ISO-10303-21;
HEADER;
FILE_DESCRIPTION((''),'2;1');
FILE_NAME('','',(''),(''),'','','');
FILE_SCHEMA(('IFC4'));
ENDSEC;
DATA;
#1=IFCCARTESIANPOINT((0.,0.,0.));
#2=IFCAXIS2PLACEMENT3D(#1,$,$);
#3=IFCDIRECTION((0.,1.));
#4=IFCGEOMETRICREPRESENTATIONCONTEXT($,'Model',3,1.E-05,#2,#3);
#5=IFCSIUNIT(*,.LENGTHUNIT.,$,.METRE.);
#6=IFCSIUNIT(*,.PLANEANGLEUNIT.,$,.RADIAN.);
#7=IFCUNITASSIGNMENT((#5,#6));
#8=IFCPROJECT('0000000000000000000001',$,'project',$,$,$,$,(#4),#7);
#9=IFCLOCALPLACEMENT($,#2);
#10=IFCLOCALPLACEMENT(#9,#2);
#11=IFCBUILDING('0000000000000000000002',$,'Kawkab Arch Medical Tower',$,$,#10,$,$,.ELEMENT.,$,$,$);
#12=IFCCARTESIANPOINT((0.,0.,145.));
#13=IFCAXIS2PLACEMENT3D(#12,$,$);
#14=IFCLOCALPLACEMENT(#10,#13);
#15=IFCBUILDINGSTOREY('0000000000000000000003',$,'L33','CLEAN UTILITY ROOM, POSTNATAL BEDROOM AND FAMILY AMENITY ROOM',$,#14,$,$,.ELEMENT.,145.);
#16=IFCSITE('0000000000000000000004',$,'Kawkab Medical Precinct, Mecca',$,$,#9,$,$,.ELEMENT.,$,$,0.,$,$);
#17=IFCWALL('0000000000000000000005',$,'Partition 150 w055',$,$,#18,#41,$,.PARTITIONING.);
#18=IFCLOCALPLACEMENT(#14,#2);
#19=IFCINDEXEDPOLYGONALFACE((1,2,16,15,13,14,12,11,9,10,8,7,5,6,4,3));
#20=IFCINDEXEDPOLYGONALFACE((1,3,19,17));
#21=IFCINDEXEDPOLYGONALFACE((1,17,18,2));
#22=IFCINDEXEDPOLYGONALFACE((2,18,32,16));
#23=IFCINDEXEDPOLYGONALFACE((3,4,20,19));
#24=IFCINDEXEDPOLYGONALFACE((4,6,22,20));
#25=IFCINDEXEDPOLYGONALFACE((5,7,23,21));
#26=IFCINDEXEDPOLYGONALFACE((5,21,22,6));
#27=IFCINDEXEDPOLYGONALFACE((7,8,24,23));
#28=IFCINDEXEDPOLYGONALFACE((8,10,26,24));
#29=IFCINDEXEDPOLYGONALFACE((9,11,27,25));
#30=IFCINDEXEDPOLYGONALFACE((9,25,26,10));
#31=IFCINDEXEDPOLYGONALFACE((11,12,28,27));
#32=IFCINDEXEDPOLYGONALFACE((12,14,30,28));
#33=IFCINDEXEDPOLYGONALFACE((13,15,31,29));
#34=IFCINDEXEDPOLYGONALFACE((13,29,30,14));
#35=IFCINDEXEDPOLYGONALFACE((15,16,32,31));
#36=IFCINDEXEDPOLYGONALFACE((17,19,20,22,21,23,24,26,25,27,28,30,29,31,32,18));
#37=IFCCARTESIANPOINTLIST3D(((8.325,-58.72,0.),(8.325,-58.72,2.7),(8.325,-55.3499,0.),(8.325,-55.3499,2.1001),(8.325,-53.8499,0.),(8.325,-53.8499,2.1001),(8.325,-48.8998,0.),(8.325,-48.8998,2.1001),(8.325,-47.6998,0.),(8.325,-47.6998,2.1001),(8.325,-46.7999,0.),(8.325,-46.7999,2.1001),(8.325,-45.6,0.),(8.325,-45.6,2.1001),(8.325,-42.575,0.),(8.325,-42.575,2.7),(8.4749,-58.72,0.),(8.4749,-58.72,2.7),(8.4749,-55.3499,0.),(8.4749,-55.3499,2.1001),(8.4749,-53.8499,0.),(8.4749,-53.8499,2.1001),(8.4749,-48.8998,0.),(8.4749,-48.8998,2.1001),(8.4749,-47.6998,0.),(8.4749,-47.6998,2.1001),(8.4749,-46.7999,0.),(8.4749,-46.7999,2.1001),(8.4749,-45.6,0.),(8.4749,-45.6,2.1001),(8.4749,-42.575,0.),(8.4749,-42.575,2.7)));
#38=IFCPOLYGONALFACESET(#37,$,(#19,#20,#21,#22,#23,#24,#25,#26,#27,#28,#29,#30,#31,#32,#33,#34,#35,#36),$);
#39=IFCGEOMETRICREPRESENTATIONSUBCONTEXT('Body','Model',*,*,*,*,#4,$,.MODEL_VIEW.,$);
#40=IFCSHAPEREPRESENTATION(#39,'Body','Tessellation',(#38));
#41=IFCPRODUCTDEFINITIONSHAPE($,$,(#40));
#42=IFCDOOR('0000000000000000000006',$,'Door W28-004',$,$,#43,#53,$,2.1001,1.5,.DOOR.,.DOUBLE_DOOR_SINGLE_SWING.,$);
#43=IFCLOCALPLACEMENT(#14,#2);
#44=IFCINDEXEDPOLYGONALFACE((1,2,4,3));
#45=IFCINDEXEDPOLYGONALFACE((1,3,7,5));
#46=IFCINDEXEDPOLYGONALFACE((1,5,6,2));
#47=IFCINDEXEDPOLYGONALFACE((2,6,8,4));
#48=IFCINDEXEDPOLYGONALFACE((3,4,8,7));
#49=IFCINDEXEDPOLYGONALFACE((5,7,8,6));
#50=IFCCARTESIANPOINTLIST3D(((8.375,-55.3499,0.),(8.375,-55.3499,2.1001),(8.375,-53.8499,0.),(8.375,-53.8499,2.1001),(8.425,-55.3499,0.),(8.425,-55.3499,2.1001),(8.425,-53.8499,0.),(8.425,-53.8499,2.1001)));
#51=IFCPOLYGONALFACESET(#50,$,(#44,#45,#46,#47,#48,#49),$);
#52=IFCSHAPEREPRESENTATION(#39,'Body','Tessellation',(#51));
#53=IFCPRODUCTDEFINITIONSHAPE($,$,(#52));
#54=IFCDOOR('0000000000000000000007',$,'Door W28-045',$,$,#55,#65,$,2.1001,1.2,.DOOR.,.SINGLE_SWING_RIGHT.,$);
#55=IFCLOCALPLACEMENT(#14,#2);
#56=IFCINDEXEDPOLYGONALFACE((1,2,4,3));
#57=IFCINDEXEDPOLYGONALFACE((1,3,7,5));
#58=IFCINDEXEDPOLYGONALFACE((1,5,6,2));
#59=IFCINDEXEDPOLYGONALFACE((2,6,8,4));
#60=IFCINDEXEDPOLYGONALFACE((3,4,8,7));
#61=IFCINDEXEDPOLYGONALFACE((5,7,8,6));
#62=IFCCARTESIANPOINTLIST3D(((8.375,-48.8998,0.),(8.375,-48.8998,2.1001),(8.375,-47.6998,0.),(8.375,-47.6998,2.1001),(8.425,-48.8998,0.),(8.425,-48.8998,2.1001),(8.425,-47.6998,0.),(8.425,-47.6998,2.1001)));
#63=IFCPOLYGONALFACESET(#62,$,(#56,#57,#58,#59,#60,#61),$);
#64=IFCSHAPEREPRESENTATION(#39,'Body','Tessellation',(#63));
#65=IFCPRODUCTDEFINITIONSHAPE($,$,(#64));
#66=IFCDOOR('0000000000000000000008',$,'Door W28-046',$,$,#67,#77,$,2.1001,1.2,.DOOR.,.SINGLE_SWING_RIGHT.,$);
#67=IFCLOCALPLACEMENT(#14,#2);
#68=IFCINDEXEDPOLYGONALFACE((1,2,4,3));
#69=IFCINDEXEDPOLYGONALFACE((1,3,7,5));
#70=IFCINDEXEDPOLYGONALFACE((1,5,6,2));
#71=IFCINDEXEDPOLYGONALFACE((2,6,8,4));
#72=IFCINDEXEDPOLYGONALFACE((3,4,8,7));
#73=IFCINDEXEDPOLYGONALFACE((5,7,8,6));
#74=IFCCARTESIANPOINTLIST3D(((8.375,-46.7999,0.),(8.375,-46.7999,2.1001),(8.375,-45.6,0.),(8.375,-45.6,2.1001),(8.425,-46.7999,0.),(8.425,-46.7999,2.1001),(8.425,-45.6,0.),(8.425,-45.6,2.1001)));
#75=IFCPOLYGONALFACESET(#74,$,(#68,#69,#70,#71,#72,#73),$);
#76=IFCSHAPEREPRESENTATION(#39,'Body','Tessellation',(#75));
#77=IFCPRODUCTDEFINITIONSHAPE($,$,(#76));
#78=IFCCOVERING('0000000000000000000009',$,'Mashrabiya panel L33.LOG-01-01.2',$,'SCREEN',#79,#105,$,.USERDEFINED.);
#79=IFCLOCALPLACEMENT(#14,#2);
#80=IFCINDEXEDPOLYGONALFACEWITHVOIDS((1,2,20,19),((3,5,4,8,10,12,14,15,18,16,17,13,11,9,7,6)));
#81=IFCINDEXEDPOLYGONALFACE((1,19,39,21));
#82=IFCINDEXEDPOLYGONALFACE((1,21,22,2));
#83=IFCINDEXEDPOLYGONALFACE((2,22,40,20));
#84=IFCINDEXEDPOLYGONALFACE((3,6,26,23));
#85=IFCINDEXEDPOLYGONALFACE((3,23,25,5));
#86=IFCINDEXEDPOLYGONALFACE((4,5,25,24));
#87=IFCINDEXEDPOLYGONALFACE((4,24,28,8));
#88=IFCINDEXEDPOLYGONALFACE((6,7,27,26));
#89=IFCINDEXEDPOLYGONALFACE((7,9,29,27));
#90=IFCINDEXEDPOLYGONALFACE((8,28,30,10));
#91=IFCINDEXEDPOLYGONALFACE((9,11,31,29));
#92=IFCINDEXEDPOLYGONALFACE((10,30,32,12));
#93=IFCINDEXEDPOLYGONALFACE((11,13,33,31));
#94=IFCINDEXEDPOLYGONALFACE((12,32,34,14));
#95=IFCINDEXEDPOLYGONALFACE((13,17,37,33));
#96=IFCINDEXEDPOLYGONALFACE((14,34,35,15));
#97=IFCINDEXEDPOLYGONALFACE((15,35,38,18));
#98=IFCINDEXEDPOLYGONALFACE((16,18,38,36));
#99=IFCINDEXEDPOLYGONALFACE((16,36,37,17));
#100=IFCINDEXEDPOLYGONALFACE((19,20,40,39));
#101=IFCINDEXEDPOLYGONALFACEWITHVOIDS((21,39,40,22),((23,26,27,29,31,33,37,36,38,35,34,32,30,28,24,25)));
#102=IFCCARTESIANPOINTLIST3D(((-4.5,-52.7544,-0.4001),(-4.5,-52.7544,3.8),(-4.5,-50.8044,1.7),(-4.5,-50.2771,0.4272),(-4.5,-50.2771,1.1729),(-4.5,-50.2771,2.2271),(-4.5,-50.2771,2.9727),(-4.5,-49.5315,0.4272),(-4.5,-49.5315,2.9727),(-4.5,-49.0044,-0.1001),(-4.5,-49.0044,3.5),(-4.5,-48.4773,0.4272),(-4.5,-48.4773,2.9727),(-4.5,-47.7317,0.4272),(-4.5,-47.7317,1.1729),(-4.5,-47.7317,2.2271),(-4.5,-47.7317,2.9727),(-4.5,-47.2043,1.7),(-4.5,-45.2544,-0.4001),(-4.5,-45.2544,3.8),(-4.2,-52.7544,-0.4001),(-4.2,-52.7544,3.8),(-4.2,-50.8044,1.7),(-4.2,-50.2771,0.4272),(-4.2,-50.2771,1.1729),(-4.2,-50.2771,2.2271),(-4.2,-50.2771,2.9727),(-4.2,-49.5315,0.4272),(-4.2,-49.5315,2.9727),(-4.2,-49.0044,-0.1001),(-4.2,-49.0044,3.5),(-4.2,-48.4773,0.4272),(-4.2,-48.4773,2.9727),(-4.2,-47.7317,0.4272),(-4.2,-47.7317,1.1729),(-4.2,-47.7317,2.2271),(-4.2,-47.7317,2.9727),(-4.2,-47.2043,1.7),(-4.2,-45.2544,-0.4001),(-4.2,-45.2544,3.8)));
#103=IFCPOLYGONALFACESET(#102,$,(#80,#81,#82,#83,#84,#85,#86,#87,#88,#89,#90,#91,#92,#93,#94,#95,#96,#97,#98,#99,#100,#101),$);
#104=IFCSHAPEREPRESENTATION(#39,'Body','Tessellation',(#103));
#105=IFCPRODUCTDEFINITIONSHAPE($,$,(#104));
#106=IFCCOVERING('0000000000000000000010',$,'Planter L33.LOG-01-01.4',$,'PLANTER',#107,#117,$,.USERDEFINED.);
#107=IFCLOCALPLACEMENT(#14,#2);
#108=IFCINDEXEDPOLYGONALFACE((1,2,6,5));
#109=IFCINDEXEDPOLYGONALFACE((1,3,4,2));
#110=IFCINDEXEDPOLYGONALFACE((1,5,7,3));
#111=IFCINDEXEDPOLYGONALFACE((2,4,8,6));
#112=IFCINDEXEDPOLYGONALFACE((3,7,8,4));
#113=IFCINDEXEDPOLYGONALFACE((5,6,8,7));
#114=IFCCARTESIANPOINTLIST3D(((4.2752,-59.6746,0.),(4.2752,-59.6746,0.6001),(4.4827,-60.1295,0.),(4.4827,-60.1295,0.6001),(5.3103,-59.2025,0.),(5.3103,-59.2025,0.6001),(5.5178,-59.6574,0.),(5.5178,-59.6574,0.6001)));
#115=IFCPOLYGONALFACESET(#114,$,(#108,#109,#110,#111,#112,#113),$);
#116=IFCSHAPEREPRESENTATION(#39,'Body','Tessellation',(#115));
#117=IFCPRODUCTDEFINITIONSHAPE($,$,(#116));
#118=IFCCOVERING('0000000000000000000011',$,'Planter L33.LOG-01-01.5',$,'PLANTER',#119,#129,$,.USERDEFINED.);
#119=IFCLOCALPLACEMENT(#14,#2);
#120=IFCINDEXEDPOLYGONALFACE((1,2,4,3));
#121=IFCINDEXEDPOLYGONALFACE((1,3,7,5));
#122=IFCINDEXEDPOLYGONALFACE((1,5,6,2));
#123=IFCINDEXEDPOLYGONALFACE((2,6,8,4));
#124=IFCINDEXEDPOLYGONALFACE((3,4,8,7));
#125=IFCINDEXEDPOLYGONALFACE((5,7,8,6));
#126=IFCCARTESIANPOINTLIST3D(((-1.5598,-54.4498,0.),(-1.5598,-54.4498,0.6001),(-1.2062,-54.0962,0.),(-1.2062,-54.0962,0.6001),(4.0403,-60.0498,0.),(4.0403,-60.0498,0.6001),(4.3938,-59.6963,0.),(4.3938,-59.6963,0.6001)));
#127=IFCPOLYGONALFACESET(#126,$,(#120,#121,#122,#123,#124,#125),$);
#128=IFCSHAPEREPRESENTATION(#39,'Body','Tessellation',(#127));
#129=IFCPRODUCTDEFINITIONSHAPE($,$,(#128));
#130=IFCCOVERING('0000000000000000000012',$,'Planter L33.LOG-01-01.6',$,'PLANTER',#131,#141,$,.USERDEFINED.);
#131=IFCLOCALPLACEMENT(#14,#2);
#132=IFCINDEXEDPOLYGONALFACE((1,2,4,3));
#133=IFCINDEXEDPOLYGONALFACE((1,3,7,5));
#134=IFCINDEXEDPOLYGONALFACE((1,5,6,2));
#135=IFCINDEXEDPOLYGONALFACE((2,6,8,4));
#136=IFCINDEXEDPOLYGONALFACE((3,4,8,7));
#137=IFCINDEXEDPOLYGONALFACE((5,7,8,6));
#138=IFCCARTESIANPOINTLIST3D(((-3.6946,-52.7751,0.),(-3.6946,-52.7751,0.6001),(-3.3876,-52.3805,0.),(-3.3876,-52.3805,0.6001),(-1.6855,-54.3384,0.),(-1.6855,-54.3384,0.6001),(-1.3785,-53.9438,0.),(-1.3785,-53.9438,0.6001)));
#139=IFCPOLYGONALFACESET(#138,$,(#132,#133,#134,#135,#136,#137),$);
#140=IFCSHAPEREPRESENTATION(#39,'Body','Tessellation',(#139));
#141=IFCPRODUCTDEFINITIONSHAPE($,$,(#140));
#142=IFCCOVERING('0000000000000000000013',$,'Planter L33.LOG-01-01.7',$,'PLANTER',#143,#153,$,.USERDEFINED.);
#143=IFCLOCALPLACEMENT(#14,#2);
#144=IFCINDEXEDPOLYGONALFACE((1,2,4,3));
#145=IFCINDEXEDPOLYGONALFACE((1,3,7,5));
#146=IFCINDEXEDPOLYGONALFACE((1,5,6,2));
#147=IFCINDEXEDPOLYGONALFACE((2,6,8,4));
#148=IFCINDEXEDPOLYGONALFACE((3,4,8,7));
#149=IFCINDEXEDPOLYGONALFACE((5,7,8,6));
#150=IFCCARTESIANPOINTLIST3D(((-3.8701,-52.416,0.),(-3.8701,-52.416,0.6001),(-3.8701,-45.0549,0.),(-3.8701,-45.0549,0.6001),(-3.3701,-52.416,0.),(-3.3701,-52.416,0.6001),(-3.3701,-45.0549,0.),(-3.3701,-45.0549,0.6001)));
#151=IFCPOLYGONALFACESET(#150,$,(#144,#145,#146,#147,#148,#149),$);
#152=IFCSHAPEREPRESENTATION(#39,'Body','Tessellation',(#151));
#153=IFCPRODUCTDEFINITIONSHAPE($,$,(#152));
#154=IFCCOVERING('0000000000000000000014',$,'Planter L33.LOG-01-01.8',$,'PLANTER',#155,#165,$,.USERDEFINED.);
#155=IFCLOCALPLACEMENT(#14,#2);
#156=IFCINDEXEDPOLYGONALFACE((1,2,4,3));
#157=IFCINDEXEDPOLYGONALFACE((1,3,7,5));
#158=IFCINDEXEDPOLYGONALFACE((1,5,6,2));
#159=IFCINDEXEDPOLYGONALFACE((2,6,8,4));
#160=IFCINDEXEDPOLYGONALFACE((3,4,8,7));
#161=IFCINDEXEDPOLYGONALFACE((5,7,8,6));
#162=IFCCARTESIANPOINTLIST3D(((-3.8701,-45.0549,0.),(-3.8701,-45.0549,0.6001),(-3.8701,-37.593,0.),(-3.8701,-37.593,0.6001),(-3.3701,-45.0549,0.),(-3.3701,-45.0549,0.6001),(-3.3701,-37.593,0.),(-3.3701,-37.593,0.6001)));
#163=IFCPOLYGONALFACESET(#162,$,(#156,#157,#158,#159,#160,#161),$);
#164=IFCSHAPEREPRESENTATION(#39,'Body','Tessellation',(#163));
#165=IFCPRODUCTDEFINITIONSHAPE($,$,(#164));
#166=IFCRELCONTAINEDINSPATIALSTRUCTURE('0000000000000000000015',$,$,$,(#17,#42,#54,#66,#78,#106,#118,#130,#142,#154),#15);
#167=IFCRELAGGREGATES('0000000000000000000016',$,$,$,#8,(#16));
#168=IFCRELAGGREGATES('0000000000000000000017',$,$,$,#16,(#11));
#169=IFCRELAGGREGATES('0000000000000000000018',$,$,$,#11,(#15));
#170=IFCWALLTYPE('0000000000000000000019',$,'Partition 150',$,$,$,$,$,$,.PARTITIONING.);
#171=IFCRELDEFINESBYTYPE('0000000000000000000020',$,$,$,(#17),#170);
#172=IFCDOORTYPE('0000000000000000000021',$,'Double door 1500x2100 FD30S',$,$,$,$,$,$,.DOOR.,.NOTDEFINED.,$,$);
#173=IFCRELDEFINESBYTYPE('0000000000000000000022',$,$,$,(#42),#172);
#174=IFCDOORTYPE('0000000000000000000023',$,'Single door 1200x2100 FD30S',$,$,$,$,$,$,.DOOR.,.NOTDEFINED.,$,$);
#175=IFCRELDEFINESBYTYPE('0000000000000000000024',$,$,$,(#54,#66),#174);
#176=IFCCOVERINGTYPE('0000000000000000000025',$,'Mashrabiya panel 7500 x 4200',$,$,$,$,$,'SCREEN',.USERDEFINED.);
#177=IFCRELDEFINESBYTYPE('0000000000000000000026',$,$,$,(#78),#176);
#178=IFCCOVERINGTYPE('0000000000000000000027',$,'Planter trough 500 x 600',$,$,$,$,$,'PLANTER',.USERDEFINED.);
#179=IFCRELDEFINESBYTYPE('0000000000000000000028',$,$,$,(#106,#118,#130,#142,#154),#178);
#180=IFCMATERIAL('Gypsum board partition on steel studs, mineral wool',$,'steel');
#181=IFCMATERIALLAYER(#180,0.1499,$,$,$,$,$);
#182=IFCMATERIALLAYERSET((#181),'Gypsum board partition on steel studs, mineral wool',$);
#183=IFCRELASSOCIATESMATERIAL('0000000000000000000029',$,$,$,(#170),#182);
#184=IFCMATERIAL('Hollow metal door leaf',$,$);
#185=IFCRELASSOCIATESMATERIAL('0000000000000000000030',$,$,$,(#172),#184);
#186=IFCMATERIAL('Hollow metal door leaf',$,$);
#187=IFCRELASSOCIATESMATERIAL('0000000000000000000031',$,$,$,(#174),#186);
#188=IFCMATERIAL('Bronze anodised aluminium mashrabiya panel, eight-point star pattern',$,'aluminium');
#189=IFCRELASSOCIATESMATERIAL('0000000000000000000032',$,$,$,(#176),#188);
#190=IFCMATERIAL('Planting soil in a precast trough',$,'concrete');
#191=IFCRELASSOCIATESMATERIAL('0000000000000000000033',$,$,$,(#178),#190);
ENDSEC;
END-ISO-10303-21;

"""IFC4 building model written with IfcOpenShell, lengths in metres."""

from ifc_helpers import new_model, si_unit, direction, frame, frame_2d, origin, origin_2d, place, context, subcontext, project, spatial, polyline, rectangle, outline, extrude, material, layer, layer_set, material_profile, profile_set, type_object, element, fill, save


model = new_model("IFC4")

# Units and contexts
model_context = context("Model", 3, precision=1e-05, world=origin(), true_north=direction((0.0, 1.0)))
body_context = subcontext(model_context, "Body", "Model", "MODEL_VIEW")
ifc_project = project(units=[si_unit("LENGTHUNIT", "METRE"), si_unit("PLANEANGLEUNIT", "RADIAN")], contexts=[model_context])

# Site, building, storey
site_placement = place(None, origin())
site = spatial("IfcSite", under=ifc_project, at=site_placement, Name="Kawkab Medical Precinct, Mecca", CompositionType="ELEMENT", RefElevation=0.0)
building_placement = place(site_placement, origin())
building = spatial("IfcBuilding", under=site, at=building_placement, Name="Kawkab Arch Medical Tower", CompositionType="ELEMENT")
storey_placement = place(building_placement, frame((0.0, 0.0, 145.0)))
storey = spatial("IfcBuildingStorey", under=building, at=storey_placement, Name="L33", Description="CLEAN UTILITY ROOM, POSTNATAL BEDROOM AND FAMILY AMENITY ROOM", CompositionType="ELEMENT", Elevation=145.0)

# Shared definitions
ifc_material_1 = material(Name="Gypsum board partition on steel studs, mineral wool", Category="steel")
ifc_layer_1 = layer(ifc_material_1, 0.1499)
ifc_layer_set_1 = layer_set([ifc_layer_1], Name="Gypsum board partition on steel studs, mineral wool")
wall_type_1 = type_object("IfcWallType", Name="Partition 150", PredefinedType="PARTITIONING", material=ifc_layer_set_1)

# Wall, openings, doors
wall_1_placement = place(storey_placement, frame((8.3999, -58.72, 0.0), z_axis=(0.0, 0.0, 1.0), x_axis=(0.0, 1.0, 0.0)))
wall_1 = element("IfcWall", 1, at=wall_1_placement, inside=storey, type_object=wall_type_1, Name="Partition 150 w055", PredefinedType="PARTITIONING", context=body_context, shape_type="SweptSolid", body=[
    extrude(rectangle(XDim=16.145, YDim=0.1499, at=frame_2d((8.0725, 0.0))), origin(), (0.0, 0.0, 1.0), 2.7),
])
opening_1_placement = place(wall_1_placement, frame((9.8201, 0.0, 0.0)))
opening_1 = element("IfcOpeningElement", 2, at=opening_1_placement, cuts=wall_1, PredefinedType="OPENING", context=body_context, shape_type="SweptSolid", body=[
    extrude(rectangle(XDim=1.2, YDim=2.1001, at=frame_2d((0.6001, 1.05))), frame((0.0, 0.085, 0.0), z_axis=(0.0, -1.0, 0.0), x_axis=(1.0, 0.0, 0.0)), (0.0, 0.0, 1.0), 0.1699),
])
opening_2_placement = place(wall_1_placement, frame((11.9199, 0.0, 0.0)))
opening_2 = element("IfcOpeningElement", 3, at=opening_2_placement, cuts=wall_1, PredefinedType="OPENING", context=body_context, shape_type="SweptSolid", body=[
    extrude(rectangle(XDim=1.2, YDim=2.1001, at=frame_2d((0.6001, 1.05))), frame((0.0, 0.085, 0.0), z_axis=(0.0, -1.0, 0.0), x_axis=(1.0, 0.0, 0.0)), (0.0, 0.0, 1.0), 0.1699),
])
opening_3_placement = place(wall_1_placement, frame((3.3701, 0.0, 0.0)))
opening_3 = element("IfcOpeningElement", 4, at=opening_3_placement, cuts=wall_1, PredefinedType="OPENING", context=body_context, shape_type="SweptSolid", body=[
    extrude(rectangle(XDim=1.5, YDim=2.1001, at=frame_2d((0.75, 1.05))), frame((0.0, 0.085, 0.0), z_axis=(0.0, -1.0, 0.0), x_axis=(1.0, 0.0, 0.0)), (0.0, 0.0, 1.0), 0.1699),
])
ifc_material_2 = material(Name="Hollow metal door leaf")
door_type_1 = type_object("IfcDoorType", Name="Double door 1500x2100 FD30S", OperationType="NOTDEFINED", PredefinedType="DOOR", material=ifc_material_2)
door_1_placement = place(opening_3_placement, origin())
door_1 = element("IfcDoor", 5, at=door_1_placement, inside=storey, type_object=door_type_1, Name="Door W28-004", OperationType="DOUBLE_DOOR_SINGLE_SWING", OverallHeight=2.1001, OverallWidth=1.5, PredefinedType="DOOR", context=body_context, shape_type="SweptSolid", body=[
    extrude(rectangle(XDim=1.5, YDim=2.1001, at=frame_2d((0.75, 1.05))), frame((0.0, 0.0249, 0.0), z_axis=(0.0, -1.0, 0.0), x_axis=(1.0, 0.0, 0.0)), (0.0, 0.0, 1.0), 0.05),
])
fill(opening_3, door_1)
ifc_material_3 = material(Name="Hollow metal door leaf")
door_type_2 = type_object("IfcDoorType", Name="Single door 1200x2100 FD30S", OperationType="NOTDEFINED", PredefinedType="DOOR", material=ifc_material_3)
door_2_placement = place(opening_1_placement, origin())
door_2 = element("IfcDoor", 6, at=door_2_placement, inside=storey, type_object=door_type_2, Name="Door W28-045", OperationType="SINGLE_SWING_RIGHT", OverallHeight=2.1001, OverallWidth=1.2, PredefinedType="DOOR", context=body_context, shape_type="SweptSolid", body=[
    extrude(rectangle(XDim=1.2, YDim=2.1001, at=frame_2d((0.6001, 1.05))), frame((0.0, 0.0249, 0.0), z_axis=(0.0, -1.0, 0.0), x_axis=(1.0, 0.0, 0.0)), (0.0, 0.0, 1.0), 0.05),
])
fill(opening_1, door_2)
door_3_placement = place(opening_2_placement, origin())
door_3 = element("IfcDoor", 7, at=door_3_placement, inside=storey, type_object=door_type_2, Name="Door W28-046", OperationType="SINGLE_SWING_RIGHT", OverallHeight=2.1001, OverallWidth=1.2, PredefinedType="DOOR", context=body_context, shape_type="SweptSolid", body=[
    extrude(rectangle(XDim=1.2, YDim=2.1001, at=frame_2d((0.6001, 1.05))), frame((0.0, 0.0249, 0.0), z_axis=(0.0, -1.0, 0.0), x_axis=(1.0, 0.0, 0.0)), (0.0, 0.0, 1.0), 0.05),
])
fill(opening_2, door_3)

# Coverings
ifc_material_4 = material(Name="Bronze anodised aluminium mashrabiya panel, eight-point star pattern", Category="aluminium")
ifc_material_profile_1 = material_profile(ifc_material_4, outline(polyline([(-3.75, -2.1001), (3.75, -2.1001), (3.75, 2.1001), (-3.75, 2.1001), (-3.75, -2.1001)]), holes=[polyline([(1.8, 0.0), (1.2727, 0.5271), (1.2727, 1.2727), (0.5271, 1.2727), (0.0, 1.8), (-0.5271, 1.2727), (-1.2727, 1.2727), (-1.2727, 0.5271), (-1.8, 0.0), (-1.2727, -0.5271), (-1.2727, -1.2727), (-0.5271, -1.2727), (0.0, -1.8), (0.5271, -1.2727), (1.2727, -1.2727), (1.2727, -0.5271), (1.8, 0.0)])]), Name="Mashrabiya panel 7500x4200")
ifc_profile_set_1 = profile_set([ifc_material_profile_1], Name="Bronze anodised aluminium mashrabiya panel, eight-point star pattern")
covering_type_1 = type_object("IfcCoveringType", Name="Mashrabiya panel 7500 x 4200", ElementType="SCREEN", PredefinedType="USERDEFINED", material=ifc_profile_set_1)
covering_1_placement = place(storey_placement, frame((-4.2, -49.0044, 1.7), z_axis=(-1.0, 0.0, 0.0), x_axis=(0.0, -1.0, 0.0)))
element("IfcCovering", 8, at=covering_1_placement, inside=storey, type_object=covering_type_1, Name="Mashrabiya panel L33.LOG-01-01.2", ObjectType="SCREEN", PredefinedType="USERDEFINED", context=body_context, shape_type="SweptSolid", body=[
    extrude(outline(polyline([(-3.75, -2.1001), (3.75, -2.1001), (3.75, 2.1001), (-3.75, 2.1001), (-3.75, -2.1001)]), holes=[polyline([(1.8, 0.0), (1.2727, 0.5271), (1.2727, 1.2727), (0.5271, 1.2727), (0.0, 1.8), (-0.5271, 1.2727), (-1.2727, 1.2727), (-1.2727, 0.5271), (-1.8, 0.0), (-1.2727, -0.5271), (-1.2727, -1.2727), (-0.5271, -1.2727), (0.0, -1.8), (0.5271, -1.2727), (1.2727, -1.2727), (1.2727, -0.5271), (1.8, 0.0)])]), origin(), (0.0, 0.0, 1.0), 0.3),
])
ifc_material_5 = material(Name="Planting soil in a precast trough", Category="concrete")
ifc_material_profile_2 = material_profile(ifc_material_5, rectangle(XDim=0.5, YDim=0.6001, at=origin_2d()), Name="Trough 500x600")
ifc_profile_set_2 = profile_set([ifc_material_profile_2], Name="Planting soil in a precast trough")
covering_type_2 = type_object("IfcCoveringType", Name="Planter trough 500 x 600", ElementType="PLANTER", PredefinedType="USERDEFINED", material=ifc_profile_set_2)
covering_2_placement = place(storey_placement, frame((5.4141, -59.4299, 0.3), z_axis=(-0.909822, -0.414999, 0.0), x_axis=(0.414999, -0.909822, 0.0)))
element("IfcCovering", 9, at=covering_2_placement, inside=storey, type_object=covering_type_2, Name="Planter L33.LOG-01-01.4", ObjectType="PLANTER", PredefinedType="USERDEFINED", context=body_context, shape_type="SweptSolid", body=[
    extrude(rectangle(XDim=0.5, YDim=0.6001, at=origin_2d()), origin(), (0.0, 0.0, 1.0), 1.1377),
])
covering_3_placement = place(storey_placement, frame((4.217, -59.873, 0.3), z_axis=(-0.707107, 0.707107, 0.0), x_axis=(-0.707107, -0.707107, 0.0)))
element("IfcCovering", 10, at=covering_3_placement, inside=storey, type_object=covering_type_2, Name="Planter L33.LOG-01-01.5", ObjectType="PLANTER", PredefinedType="USERDEFINED", context=body_context, shape_type="SweptSolid", body=[
    extrude(rectangle(XDim=0.5, YDim=0.6001, at=origin_2d()), origin(), (0.0, 0.0, 1.0), 7.9197),
])
covering_4_placement = place(storey_placement, frame((-1.532, -54.1411, 0.3), z_axis=(-0.789228, 0.6141, 0.0), x_axis=(-0.6141, -0.789228, 0.0)))
element("IfcCovering", 11, at=covering_4_placement, inside=storey, type_object=covering_type_2, Name="Planter L33.LOG-01-01.6", ObjectType="PLANTER", PredefinedType="USERDEFINED", context=body_context, shape_type="SweptSolid", body=[
    extrude(rectangle(XDim=0.5, YDim=0.6001, at=origin_2d()), origin(), (0.0, 0.0, 1.0), 2.5457),
])
covering_5_placement = place(storey_placement, frame((-3.6201, -52.416, 0.3), z_axis=(0.0, 1.0, 0.0), x_axis=(-1.0, 0.0, 0.0)))
element("IfcCovering", 12, at=covering_5_placement, inside=storey, type_object=covering_type_2, Name="Planter L33.LOG-01-01.7", ObjectType="PLANTER", PredefinedType="USERDEFINED", context=body_context, shape_type="SweptSolid", body=[
    extrude(rectangle(XDim=0.5, YDim=0.6001, at=origin_2d()), origin(), (0.0, 0.0, 1.0), 7.3611),
])
covering_6_placement = place(storey_placement, frame((-3.6201, -45.0549, 0.3), z_axis=(0.0, 1.0, 0.0), x_axis=(-1.0, 0.0, 0.0)))
element("IfcCovering", 13, at=covering_6_placement, inside=storey, type_object=covering_type_2, Name="Planter L33.LOG-01-01.8", ObjectType="PLANTER", PredefinedType="USERDEFINED", context=body_context, shape_type="SweptSolid", body=[
    extrude(rectangle(XDim=0.5, YDim=0.6001, at=origin_2d()), origin(), (0.0, 0.0, 1.0), 7.4619),
])

save(model, "model.ifc")
